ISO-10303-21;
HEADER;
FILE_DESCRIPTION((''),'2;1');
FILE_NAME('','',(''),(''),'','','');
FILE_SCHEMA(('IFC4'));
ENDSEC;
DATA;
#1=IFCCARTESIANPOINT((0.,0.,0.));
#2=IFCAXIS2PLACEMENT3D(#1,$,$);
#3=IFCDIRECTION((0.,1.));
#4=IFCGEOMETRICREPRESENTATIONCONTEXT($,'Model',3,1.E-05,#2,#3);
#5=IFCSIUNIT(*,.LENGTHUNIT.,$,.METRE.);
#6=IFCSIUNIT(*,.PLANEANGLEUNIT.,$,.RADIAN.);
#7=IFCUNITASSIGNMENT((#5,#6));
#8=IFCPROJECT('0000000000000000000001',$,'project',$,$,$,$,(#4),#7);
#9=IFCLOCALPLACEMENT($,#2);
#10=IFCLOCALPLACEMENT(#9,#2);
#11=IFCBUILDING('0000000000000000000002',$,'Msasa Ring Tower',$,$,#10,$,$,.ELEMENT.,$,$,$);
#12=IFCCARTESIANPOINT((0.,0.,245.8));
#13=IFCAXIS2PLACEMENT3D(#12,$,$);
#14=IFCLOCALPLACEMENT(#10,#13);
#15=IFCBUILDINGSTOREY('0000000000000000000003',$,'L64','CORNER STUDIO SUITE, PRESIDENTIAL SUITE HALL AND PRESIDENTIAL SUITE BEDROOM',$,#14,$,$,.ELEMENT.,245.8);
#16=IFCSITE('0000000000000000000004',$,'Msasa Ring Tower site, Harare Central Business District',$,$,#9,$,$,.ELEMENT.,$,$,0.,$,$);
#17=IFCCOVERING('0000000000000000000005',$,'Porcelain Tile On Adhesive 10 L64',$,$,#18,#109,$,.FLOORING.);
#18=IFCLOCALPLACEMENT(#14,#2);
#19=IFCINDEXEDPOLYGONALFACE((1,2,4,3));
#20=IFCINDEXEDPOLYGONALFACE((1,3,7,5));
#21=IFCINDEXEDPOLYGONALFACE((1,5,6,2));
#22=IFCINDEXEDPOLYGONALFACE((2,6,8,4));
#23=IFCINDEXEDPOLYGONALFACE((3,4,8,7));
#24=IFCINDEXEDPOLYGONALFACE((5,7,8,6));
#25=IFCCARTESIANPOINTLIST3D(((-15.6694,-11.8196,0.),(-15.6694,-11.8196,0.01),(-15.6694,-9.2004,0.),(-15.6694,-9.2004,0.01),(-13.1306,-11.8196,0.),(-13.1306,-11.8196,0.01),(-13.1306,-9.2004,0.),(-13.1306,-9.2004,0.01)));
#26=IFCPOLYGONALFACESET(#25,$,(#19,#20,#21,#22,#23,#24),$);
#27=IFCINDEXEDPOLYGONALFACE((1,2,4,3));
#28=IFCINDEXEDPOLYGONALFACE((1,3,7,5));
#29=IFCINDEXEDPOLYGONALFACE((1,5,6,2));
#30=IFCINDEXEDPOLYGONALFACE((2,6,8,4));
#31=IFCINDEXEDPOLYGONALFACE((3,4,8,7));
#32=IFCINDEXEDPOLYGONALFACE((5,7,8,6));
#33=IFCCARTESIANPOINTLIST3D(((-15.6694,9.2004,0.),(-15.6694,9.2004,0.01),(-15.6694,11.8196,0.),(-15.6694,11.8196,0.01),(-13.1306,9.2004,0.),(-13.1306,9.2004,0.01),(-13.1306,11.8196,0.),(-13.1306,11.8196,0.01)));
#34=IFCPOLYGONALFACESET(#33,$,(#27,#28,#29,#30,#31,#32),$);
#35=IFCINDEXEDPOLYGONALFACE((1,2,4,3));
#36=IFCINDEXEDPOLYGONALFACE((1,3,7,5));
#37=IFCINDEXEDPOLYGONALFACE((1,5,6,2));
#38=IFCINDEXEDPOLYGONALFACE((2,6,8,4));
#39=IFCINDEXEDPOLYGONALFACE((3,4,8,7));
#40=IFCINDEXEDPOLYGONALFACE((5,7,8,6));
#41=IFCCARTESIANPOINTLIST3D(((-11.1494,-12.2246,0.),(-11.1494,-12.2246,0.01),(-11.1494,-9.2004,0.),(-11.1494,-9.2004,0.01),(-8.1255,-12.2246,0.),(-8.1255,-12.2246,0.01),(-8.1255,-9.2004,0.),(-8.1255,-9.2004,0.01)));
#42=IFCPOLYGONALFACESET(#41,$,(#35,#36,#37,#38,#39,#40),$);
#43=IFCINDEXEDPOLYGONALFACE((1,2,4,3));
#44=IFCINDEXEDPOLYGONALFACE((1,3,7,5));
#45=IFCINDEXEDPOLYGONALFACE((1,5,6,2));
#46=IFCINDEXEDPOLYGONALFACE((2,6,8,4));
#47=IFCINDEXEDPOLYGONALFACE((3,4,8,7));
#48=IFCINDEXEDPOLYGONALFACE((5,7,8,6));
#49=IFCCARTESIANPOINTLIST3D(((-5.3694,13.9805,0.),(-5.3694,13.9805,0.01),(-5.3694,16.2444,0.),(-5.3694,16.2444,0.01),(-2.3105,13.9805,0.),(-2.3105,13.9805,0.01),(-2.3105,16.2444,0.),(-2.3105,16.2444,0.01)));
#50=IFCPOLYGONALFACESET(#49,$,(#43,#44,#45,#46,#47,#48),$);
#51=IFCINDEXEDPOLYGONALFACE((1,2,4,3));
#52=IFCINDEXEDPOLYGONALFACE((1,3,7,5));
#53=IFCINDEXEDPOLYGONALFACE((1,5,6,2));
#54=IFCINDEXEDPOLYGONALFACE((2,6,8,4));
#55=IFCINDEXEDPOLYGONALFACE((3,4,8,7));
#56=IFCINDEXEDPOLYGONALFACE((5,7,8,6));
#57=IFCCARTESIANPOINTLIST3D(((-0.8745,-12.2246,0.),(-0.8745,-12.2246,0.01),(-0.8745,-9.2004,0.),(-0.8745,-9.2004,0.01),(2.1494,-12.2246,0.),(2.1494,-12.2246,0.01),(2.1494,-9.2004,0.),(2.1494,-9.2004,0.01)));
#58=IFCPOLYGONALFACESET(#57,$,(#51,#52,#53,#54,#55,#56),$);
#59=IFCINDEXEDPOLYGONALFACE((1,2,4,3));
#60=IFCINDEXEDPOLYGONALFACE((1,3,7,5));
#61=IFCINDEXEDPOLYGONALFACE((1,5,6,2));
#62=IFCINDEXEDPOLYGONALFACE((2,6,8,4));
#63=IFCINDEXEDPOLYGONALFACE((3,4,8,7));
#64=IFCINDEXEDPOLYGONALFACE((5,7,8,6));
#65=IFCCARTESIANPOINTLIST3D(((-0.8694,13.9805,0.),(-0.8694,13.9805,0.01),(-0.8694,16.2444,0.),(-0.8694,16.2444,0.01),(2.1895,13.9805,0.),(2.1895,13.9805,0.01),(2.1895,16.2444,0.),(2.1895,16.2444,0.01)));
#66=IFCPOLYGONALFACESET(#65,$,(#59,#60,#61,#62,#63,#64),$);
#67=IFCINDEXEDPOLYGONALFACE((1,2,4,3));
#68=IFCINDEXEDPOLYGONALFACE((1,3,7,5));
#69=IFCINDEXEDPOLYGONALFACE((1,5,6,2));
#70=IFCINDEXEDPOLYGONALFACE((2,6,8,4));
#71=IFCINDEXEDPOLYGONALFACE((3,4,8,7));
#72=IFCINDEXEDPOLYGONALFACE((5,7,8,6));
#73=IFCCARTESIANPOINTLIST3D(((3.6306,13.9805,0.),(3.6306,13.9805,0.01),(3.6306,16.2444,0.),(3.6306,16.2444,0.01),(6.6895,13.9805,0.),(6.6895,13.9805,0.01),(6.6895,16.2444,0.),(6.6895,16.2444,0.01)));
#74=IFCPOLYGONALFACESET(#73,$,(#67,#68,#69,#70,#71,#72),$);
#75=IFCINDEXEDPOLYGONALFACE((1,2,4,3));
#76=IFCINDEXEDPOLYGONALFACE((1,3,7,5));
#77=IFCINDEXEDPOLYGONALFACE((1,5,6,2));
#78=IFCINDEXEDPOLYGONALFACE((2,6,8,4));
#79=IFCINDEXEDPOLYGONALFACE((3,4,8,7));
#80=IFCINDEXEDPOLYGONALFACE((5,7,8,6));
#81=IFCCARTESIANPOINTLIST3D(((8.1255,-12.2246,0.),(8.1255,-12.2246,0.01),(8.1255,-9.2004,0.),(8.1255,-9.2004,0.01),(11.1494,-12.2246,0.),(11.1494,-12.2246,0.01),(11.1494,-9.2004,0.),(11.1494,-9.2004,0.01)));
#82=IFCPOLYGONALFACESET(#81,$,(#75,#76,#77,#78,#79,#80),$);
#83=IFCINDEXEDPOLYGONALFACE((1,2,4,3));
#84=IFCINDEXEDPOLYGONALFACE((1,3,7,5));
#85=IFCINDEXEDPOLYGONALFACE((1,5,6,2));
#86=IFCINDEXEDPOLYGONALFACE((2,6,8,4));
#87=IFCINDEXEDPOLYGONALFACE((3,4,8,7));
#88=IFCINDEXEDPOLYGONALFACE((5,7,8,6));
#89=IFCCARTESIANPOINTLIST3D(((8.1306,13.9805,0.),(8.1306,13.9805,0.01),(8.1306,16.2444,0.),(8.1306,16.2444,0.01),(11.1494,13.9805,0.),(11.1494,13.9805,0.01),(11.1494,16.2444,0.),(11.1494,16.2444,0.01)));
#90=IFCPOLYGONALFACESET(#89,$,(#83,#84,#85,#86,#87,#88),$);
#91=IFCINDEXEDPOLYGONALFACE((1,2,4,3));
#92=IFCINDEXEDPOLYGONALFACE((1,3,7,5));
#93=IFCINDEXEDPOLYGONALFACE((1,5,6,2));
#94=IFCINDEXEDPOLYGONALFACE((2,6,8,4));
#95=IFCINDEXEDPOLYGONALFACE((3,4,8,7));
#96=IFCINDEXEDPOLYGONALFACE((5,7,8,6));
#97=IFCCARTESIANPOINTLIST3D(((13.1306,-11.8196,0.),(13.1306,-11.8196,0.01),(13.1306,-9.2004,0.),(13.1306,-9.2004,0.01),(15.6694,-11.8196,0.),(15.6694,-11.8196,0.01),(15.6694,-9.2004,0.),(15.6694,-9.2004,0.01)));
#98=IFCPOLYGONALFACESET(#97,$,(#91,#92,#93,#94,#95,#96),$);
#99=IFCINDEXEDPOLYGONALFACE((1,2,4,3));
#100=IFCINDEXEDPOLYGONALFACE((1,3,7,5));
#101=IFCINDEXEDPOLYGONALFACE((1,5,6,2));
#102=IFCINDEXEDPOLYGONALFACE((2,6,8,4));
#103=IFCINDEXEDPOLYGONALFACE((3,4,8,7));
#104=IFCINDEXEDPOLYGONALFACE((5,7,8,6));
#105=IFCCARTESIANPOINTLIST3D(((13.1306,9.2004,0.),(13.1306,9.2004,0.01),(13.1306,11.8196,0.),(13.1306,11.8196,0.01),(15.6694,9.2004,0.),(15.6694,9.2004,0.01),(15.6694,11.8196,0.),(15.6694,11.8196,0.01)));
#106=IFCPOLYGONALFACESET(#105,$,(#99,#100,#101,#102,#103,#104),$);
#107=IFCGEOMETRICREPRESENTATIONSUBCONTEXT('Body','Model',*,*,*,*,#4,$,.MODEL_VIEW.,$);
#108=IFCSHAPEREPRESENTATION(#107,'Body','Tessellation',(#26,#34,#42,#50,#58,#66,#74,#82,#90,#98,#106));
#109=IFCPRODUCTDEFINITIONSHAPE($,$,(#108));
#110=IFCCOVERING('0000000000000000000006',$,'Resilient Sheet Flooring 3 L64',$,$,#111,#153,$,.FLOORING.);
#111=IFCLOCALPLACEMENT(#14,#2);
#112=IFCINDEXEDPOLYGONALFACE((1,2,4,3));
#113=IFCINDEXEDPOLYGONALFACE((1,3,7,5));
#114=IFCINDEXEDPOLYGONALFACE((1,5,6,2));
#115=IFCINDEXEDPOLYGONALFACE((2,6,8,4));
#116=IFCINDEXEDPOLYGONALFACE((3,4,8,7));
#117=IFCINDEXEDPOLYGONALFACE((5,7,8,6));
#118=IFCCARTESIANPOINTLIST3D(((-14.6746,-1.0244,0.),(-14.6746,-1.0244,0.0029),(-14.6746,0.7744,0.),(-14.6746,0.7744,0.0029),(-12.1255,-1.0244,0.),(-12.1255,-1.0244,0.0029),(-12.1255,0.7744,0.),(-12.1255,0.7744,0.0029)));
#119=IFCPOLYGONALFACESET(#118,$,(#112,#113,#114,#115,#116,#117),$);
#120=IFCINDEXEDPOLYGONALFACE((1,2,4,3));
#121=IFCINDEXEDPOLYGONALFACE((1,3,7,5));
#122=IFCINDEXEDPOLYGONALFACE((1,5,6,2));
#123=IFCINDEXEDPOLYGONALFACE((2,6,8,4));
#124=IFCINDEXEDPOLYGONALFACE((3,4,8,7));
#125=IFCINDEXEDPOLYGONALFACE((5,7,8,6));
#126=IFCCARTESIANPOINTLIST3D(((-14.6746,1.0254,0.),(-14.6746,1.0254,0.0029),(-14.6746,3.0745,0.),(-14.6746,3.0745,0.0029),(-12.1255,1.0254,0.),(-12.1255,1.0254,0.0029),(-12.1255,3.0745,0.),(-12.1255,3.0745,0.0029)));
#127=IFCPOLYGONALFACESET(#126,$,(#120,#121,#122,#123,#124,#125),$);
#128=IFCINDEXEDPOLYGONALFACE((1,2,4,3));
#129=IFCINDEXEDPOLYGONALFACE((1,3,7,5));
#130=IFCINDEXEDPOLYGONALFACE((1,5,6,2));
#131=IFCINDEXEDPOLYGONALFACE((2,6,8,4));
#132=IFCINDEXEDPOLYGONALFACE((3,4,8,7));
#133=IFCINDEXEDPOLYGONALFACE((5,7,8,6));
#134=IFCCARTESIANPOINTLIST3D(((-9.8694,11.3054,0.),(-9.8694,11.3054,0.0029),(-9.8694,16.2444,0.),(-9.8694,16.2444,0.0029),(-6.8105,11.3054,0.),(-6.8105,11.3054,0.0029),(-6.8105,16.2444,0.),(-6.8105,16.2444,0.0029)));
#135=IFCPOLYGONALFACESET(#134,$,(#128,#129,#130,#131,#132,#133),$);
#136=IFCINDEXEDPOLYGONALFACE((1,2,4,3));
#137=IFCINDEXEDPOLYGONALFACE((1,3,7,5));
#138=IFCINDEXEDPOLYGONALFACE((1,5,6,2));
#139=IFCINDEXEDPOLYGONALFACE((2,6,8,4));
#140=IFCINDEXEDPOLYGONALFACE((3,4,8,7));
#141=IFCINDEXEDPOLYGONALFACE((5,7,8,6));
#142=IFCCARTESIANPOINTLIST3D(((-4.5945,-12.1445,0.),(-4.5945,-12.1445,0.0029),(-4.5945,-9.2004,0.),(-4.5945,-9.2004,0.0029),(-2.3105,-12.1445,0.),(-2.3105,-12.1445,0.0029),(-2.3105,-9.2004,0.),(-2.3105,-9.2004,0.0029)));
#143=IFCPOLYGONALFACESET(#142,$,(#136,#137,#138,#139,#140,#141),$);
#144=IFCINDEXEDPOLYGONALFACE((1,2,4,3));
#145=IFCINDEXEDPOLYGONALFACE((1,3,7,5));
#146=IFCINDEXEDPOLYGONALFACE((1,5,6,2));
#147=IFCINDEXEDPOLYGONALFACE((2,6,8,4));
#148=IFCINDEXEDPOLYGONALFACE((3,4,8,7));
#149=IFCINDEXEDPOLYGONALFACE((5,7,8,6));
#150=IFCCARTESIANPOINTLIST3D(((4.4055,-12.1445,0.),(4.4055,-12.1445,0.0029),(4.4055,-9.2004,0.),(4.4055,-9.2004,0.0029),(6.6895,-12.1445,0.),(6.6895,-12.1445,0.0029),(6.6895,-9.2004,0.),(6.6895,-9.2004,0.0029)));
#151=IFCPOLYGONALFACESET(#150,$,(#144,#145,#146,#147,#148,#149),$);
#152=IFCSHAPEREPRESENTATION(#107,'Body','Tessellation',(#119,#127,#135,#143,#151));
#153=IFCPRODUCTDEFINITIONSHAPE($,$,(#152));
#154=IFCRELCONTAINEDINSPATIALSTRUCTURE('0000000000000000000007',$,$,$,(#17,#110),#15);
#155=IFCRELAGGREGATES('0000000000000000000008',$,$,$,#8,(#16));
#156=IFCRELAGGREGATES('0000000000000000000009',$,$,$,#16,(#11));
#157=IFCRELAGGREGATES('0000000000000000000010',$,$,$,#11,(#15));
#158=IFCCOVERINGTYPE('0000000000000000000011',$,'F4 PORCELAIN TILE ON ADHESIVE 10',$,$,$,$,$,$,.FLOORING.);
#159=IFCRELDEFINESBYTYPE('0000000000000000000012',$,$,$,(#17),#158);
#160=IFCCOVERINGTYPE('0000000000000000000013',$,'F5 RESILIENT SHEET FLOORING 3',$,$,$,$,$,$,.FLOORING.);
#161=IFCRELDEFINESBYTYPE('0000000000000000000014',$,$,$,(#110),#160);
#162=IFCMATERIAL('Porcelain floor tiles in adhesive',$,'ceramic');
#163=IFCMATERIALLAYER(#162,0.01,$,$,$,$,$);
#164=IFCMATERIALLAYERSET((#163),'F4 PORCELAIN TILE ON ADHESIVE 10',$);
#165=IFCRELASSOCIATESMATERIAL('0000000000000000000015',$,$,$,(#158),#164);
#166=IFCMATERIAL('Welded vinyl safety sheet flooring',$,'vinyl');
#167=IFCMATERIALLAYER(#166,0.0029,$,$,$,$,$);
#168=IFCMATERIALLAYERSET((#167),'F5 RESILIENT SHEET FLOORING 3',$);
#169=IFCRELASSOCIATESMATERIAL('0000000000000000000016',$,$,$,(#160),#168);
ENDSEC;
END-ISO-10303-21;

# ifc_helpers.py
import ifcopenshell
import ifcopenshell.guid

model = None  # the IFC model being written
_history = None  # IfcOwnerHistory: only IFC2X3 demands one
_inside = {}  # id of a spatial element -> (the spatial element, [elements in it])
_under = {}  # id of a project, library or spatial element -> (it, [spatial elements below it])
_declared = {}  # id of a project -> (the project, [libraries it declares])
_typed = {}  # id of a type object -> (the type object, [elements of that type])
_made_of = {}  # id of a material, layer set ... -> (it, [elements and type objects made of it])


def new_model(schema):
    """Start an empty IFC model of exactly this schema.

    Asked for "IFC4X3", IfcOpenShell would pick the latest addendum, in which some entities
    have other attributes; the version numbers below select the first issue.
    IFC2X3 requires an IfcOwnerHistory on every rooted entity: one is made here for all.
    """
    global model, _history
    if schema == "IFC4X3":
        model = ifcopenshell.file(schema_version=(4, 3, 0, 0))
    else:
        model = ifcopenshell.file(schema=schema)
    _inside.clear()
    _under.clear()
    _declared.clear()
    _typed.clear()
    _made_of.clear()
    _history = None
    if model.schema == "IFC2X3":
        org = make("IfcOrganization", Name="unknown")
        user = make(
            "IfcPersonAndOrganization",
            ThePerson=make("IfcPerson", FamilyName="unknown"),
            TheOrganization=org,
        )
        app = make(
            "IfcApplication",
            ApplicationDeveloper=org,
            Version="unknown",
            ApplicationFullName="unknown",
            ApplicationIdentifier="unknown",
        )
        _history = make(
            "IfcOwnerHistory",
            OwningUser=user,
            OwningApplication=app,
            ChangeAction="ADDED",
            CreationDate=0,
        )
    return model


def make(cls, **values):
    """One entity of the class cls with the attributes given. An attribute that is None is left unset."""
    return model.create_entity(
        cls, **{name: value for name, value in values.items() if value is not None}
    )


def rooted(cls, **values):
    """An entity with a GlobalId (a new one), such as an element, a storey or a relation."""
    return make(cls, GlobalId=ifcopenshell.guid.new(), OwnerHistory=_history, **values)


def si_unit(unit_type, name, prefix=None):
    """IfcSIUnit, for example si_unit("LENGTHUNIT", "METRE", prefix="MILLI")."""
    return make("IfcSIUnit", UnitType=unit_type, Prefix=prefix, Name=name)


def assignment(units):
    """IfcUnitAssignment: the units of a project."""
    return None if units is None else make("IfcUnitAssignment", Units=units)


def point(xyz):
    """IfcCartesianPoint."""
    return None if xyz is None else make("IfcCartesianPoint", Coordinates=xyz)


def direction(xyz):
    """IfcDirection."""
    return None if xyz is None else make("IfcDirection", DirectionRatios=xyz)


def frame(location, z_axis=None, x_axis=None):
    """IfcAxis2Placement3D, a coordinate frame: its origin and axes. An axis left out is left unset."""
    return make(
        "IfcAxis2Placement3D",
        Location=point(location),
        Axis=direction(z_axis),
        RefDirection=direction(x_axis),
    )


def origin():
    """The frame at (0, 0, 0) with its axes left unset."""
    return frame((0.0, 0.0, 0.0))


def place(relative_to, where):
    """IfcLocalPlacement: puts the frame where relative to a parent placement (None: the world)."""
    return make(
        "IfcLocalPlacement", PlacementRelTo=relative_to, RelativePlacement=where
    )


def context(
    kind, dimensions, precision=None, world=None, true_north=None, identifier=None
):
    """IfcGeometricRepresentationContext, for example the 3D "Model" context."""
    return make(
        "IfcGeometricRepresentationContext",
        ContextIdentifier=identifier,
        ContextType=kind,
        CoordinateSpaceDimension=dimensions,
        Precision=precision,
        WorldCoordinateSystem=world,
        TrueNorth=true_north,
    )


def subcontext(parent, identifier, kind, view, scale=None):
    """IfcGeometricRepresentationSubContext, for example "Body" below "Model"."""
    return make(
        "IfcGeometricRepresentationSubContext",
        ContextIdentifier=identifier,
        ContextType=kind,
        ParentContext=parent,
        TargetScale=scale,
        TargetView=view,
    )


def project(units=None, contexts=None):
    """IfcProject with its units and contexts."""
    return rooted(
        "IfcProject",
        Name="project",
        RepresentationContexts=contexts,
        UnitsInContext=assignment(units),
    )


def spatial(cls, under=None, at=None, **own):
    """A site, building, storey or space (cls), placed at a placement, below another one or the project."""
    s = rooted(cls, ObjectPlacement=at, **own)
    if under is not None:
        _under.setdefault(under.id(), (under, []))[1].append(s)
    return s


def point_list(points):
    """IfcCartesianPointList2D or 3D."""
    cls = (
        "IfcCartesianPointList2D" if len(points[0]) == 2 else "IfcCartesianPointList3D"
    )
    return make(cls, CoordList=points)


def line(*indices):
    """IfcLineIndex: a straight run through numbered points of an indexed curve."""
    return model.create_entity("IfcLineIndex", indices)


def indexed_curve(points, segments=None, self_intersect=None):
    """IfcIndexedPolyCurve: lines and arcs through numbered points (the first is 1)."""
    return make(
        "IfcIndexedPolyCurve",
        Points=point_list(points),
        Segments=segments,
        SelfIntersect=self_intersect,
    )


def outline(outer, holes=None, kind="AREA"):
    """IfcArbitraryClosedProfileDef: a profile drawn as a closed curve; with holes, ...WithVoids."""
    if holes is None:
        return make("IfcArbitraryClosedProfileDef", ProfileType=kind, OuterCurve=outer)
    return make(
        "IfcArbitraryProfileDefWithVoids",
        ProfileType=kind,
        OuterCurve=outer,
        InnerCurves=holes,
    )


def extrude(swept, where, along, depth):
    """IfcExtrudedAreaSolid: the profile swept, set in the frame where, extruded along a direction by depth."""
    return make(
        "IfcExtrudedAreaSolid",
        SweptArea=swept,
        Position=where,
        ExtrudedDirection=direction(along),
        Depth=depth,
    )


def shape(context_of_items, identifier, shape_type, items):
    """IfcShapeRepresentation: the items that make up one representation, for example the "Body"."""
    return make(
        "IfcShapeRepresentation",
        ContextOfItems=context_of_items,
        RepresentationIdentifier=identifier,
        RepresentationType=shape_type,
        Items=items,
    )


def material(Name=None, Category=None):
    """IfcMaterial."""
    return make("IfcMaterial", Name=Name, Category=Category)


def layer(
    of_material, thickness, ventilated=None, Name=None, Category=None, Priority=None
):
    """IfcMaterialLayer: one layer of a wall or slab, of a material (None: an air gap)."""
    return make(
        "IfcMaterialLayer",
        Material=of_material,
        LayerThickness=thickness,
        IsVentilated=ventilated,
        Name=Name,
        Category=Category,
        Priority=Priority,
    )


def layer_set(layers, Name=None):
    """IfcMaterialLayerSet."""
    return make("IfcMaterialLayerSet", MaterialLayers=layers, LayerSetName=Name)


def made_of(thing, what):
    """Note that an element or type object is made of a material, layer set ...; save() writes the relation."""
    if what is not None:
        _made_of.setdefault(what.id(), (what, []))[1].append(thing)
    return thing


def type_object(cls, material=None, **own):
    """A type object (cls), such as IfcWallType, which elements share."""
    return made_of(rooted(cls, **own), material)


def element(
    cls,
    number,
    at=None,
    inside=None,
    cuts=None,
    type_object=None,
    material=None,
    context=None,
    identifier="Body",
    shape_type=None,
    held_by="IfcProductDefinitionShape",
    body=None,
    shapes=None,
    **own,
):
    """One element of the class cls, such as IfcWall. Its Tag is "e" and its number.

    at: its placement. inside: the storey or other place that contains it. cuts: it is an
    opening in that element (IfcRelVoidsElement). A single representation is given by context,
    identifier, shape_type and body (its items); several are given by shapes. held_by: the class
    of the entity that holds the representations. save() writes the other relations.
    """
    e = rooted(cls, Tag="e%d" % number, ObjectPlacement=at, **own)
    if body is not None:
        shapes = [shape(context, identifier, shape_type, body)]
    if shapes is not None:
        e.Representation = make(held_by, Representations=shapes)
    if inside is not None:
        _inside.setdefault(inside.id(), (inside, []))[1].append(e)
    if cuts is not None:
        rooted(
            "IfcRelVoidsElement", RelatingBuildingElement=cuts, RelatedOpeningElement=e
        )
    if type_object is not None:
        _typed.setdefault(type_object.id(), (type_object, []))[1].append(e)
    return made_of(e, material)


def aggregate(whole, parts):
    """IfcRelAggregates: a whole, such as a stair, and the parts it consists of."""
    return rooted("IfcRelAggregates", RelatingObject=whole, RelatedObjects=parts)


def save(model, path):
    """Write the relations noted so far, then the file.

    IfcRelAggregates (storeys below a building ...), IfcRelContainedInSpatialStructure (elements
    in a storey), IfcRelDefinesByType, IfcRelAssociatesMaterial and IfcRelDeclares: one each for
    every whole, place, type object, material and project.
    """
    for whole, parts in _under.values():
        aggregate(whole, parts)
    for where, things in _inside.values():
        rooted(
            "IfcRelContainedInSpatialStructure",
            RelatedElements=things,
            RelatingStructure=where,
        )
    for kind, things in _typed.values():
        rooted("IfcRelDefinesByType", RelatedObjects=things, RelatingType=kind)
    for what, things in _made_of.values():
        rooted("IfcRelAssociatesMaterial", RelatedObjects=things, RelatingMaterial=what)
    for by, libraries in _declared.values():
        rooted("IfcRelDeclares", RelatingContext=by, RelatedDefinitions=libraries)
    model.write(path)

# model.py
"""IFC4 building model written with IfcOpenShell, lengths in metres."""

from ifc_helpers import new_model, si_unit, direction, frame, origin, place, context, subcontext, project, spatial, line, indexed_curve, outline, extrude, material, layer, layer_set, type_object, element, save


model = new_model("IFC4")

# Units and contexts
model_context = context("Model", 3, precision=1e-05, world=origin(), true_north=direction((0.0, 1.0)))
body_context = subcontext(model_context, "Body", "Model", "MODEL_VIEW")
ifc_project = project(units=[si_unit("LENGTHUNIT", "METRE"), si_unit("PLANEANGLEUNIT", "RADIAN")], contexts=[model_context])

# Site, building, storey
site_placement = place(None, origin())
site = spatial("IfcSite", under=ifc_project, at=site_placement, Name="Msasa Ring Tower site, Harare Central Business District", CompositionType="ELEMENT", RefElevation=0.0)
building_placement = place(site_placement, origin())
building = spatial("IfcBuilding", under=site, at=building_placement, Name="Msasa Ring Tower", CompositionType="ELEMENT")
storey_placement = place(building_placement, frame((0.0, 0.0, 245.8)))
storey = spatial("IfcBuildingStorey", under=building, at=storey_placement, Name="L64", Description="CORNER STUDIO SUITE, PRESIDENTIAL SUITE HALL AND PRESIDENTIAL SUITE BEDROOM", CompositionType="ELEMENT", Elevation=245.8)

# Coverings
ifc_material_1 = material(Name="Porcelain floor tiles in adhesive", Category="ceramic")
ifc_layer_1 = layer(ifc_material_1, 0.01)
ifc_layer_set_1 = layer_set([ifc_layer_1], Name="F4 PORCELAIN TILE ON ADHESIVE 10")
covering_type_1 = type_object("IfcCoveringType", Name="F4 PORCELAIN TILE ON ADHESIVE 10", PredefinedType="FLOORING", material=ifc_layer_set_1)
covering_1_placement = place(storey_placement, origin())
element("IfcCovering", 1, at=covering_1_placement, inside=storey, type_object=covering_type_1, Name="Porcelain Tile On Adhesive 10 L64", PredefinedType="FLOORING", context=body_context, shape_type="SweptSolid", body=[
    extrude(outline(indexed_curve([(-15.6694, -9.2004), (-13.1306, -9.2004), (-13.1306, -11.8196), (-15.6694, -11.8196)], segments=[line(1, 2, 3, 4, 1)], self_intersect=False)), origin(), (0.0, 0.0, 1.0), 0.01),
    extrude(outline(indexed_curve([(-13.1306, 11.8196), (-13.1306, 9.2004), (-15.6694, 9.2004), (-15.6694, 11.8196)], segments=[line(1, 2, 3, 4, 1)], self_intersect=False)), origin(), (0.0, 0.0, 1.0), 0.01),
    extrude(outline(indexed_curve([(-11.1494, -9.2004), (-8.1255, -9.2004), (-8.1255, -12.2246), (-11.1494, -12.2246)], segments=[line(1, 2, 3, 4, 1)], self_intersect=False)), origin(), (0.0, 0.0, 1.0), 0.01),
    extrude(outline(indexed_curve([(-2.3105, 16.2444), (-2.3105, 13.9805), (-5.3694, 13.9805), (-5.3694, 16.2444)], segments=[line(1, 2, 3, 4, 1)], self_intersect=False)), origin(), (0.0, 0.0, 1.0), 0.01),
    extrude(outline(indexed_curve([(2.1494, -9.2004), (2.1494, -12.2246), (-0.8745, -12.2246), (-0.8745, -9.2004)], segments=[line(1, 2, 3, 4, 1)], self_intersect=False)), origin(), (0.0, 0.0, 1.0), 0.01),
    extrude(outline(indexed_curve([(-0.8694, 16.2444), (2.1895, 16.2444), (2.1895, 13.9805), (-0.8694, 13.9805)], segments=[line(1, 2, 3, 4, 1)], self_intersect=False)), origin(), (0.0, 0.0, 1.0), 0.01),
    extrude(outline(indexed_curve([(6.6895, 16.2444), (6.6895, 13.9805), (3.6306, 13.9805), (3.6306, 16.2444)], segments=[line(1, 2, 3, 4, 1)], self_intersect=False)), origin(), (0.0, 0.0, 1.0), 0.01),
    extrude(outline(indexed_curve([(11.1494, -9.2004), (11.1494, -12.2246), (8.1255, -12.2246), (8.1255, -9.2004)], segments=[line(1, 2, 3, 4, 1)], self_intersect=False)), origin(), (0.0, 0.0, 1.0), 0.01),
    extrude(outline(indexed_curve([(11.1494, 16.2444), (11.1494, 13.9805), (8.1306, 13.9805), (8.1306, 16.2444)], segments=[line(1, 2, 3, 4, 1)], self_intersect=False)), origin(), (0.0, 0.0, 1.0), 0.01),
    extrude(outline(indexed_curve([(15.6694, -9.2004), (15.6694, -11.8196), (13.1306, -11.8196), (13.1306, -9.2004)], segments=[line(1, 2, 3, 4, 1)], self_intersect=False)), origin(), (0.0, 0.0, 1.0), 0.01),
    extrude(outline(indexed_curve([(13.1306, 11.8196), (15.6694, 11.8196), (15.6694, 9.2004), (13.1306, 9.2004)], segments=[line(1, 2, 3, 4, 1)], self_intersect=False)), origin(), (0.0, 0.0, 1.0), 0.01),
])
ifc_material_2 = material(Name="Welded vinyl safety sheet flooring", Category="vinyl")
ifc_layer_2 = layer(ifc_material_2, 0.0029)
ifc_layer_set_2 = layer_set([ifc_layer_2], Name="F5 RESILIENT SHEET FLOORING 3")
covering_type_2 = type_object("IfcCoveringType", Name="F5 RESILIENT SHEET FLOORING 3", PredefinedType="FLOORING", material=ifc_layer_set_2)
covering_2_placement = place(storey_placement, origin())
element("IfcCovering", 2, at=covering_2_placement, inside=storey, type_object=covering_type_2, Name="Resilient Sheet Flooring 3 L64", PredefinedType="FLOORING", context=body_context, shape_type="SweptSolid", body=[
    extrude(outline(indexed_curve([(-14.6746, -1.0244), (-14.6746, 0.7744), (-12.1255, 0.7744), (-12.1255, -1.0244)], segments=[line(1, 2, 3, 4, 1)], self_intersect=False)), origin(), (0.0, 0.0, 1.0), 0.0029),
    extrude(outline(indexed_curve([(-14.6746, 3.0745), (-12.1255, 3.0745), (-12.1255, 1.0254), (-14.6746, 1.0254)], segments=[line(1, 2, 3, 4, 1)], self_intersect=False)), origin(), (0.0, 0.0, 1.0), 0.0029),
    extrude(outline(indexed_curve([(-9.8694, 16.2444), (-6.8105, 16.2444), (-6.8105, 11.3054), (-9.8694, 11.3054)], segments=[line(1, 2, 3, 4, 1)], self_intersect=False)), origin(), (0.0, 0.0, 1.0), 0.0029),
    extrude(outline(indexed_curve([(-4.5945, -12.1445), (-4.5945, -9.2004), (-2.3105, -9.2004), (-2.3105, -12.1445)], segments=[line(1, 2, 3, 4, 1)], self_intersect=False)), origin(), (0.0, 0.0, 1.0), 0.0029),
    extrude(outline(indexed_curve([(4.4055, -12.1445), (4.4055, -9.2004), (6.6895, -9.2004), (6.6895, -12.1445)], segments=[line(1, 2, 3, 4, 1)], self_intersect=False)), origin(), (0.0, 0.0, 1.0), 0.0029),
])

save(model, "model.ifc")
